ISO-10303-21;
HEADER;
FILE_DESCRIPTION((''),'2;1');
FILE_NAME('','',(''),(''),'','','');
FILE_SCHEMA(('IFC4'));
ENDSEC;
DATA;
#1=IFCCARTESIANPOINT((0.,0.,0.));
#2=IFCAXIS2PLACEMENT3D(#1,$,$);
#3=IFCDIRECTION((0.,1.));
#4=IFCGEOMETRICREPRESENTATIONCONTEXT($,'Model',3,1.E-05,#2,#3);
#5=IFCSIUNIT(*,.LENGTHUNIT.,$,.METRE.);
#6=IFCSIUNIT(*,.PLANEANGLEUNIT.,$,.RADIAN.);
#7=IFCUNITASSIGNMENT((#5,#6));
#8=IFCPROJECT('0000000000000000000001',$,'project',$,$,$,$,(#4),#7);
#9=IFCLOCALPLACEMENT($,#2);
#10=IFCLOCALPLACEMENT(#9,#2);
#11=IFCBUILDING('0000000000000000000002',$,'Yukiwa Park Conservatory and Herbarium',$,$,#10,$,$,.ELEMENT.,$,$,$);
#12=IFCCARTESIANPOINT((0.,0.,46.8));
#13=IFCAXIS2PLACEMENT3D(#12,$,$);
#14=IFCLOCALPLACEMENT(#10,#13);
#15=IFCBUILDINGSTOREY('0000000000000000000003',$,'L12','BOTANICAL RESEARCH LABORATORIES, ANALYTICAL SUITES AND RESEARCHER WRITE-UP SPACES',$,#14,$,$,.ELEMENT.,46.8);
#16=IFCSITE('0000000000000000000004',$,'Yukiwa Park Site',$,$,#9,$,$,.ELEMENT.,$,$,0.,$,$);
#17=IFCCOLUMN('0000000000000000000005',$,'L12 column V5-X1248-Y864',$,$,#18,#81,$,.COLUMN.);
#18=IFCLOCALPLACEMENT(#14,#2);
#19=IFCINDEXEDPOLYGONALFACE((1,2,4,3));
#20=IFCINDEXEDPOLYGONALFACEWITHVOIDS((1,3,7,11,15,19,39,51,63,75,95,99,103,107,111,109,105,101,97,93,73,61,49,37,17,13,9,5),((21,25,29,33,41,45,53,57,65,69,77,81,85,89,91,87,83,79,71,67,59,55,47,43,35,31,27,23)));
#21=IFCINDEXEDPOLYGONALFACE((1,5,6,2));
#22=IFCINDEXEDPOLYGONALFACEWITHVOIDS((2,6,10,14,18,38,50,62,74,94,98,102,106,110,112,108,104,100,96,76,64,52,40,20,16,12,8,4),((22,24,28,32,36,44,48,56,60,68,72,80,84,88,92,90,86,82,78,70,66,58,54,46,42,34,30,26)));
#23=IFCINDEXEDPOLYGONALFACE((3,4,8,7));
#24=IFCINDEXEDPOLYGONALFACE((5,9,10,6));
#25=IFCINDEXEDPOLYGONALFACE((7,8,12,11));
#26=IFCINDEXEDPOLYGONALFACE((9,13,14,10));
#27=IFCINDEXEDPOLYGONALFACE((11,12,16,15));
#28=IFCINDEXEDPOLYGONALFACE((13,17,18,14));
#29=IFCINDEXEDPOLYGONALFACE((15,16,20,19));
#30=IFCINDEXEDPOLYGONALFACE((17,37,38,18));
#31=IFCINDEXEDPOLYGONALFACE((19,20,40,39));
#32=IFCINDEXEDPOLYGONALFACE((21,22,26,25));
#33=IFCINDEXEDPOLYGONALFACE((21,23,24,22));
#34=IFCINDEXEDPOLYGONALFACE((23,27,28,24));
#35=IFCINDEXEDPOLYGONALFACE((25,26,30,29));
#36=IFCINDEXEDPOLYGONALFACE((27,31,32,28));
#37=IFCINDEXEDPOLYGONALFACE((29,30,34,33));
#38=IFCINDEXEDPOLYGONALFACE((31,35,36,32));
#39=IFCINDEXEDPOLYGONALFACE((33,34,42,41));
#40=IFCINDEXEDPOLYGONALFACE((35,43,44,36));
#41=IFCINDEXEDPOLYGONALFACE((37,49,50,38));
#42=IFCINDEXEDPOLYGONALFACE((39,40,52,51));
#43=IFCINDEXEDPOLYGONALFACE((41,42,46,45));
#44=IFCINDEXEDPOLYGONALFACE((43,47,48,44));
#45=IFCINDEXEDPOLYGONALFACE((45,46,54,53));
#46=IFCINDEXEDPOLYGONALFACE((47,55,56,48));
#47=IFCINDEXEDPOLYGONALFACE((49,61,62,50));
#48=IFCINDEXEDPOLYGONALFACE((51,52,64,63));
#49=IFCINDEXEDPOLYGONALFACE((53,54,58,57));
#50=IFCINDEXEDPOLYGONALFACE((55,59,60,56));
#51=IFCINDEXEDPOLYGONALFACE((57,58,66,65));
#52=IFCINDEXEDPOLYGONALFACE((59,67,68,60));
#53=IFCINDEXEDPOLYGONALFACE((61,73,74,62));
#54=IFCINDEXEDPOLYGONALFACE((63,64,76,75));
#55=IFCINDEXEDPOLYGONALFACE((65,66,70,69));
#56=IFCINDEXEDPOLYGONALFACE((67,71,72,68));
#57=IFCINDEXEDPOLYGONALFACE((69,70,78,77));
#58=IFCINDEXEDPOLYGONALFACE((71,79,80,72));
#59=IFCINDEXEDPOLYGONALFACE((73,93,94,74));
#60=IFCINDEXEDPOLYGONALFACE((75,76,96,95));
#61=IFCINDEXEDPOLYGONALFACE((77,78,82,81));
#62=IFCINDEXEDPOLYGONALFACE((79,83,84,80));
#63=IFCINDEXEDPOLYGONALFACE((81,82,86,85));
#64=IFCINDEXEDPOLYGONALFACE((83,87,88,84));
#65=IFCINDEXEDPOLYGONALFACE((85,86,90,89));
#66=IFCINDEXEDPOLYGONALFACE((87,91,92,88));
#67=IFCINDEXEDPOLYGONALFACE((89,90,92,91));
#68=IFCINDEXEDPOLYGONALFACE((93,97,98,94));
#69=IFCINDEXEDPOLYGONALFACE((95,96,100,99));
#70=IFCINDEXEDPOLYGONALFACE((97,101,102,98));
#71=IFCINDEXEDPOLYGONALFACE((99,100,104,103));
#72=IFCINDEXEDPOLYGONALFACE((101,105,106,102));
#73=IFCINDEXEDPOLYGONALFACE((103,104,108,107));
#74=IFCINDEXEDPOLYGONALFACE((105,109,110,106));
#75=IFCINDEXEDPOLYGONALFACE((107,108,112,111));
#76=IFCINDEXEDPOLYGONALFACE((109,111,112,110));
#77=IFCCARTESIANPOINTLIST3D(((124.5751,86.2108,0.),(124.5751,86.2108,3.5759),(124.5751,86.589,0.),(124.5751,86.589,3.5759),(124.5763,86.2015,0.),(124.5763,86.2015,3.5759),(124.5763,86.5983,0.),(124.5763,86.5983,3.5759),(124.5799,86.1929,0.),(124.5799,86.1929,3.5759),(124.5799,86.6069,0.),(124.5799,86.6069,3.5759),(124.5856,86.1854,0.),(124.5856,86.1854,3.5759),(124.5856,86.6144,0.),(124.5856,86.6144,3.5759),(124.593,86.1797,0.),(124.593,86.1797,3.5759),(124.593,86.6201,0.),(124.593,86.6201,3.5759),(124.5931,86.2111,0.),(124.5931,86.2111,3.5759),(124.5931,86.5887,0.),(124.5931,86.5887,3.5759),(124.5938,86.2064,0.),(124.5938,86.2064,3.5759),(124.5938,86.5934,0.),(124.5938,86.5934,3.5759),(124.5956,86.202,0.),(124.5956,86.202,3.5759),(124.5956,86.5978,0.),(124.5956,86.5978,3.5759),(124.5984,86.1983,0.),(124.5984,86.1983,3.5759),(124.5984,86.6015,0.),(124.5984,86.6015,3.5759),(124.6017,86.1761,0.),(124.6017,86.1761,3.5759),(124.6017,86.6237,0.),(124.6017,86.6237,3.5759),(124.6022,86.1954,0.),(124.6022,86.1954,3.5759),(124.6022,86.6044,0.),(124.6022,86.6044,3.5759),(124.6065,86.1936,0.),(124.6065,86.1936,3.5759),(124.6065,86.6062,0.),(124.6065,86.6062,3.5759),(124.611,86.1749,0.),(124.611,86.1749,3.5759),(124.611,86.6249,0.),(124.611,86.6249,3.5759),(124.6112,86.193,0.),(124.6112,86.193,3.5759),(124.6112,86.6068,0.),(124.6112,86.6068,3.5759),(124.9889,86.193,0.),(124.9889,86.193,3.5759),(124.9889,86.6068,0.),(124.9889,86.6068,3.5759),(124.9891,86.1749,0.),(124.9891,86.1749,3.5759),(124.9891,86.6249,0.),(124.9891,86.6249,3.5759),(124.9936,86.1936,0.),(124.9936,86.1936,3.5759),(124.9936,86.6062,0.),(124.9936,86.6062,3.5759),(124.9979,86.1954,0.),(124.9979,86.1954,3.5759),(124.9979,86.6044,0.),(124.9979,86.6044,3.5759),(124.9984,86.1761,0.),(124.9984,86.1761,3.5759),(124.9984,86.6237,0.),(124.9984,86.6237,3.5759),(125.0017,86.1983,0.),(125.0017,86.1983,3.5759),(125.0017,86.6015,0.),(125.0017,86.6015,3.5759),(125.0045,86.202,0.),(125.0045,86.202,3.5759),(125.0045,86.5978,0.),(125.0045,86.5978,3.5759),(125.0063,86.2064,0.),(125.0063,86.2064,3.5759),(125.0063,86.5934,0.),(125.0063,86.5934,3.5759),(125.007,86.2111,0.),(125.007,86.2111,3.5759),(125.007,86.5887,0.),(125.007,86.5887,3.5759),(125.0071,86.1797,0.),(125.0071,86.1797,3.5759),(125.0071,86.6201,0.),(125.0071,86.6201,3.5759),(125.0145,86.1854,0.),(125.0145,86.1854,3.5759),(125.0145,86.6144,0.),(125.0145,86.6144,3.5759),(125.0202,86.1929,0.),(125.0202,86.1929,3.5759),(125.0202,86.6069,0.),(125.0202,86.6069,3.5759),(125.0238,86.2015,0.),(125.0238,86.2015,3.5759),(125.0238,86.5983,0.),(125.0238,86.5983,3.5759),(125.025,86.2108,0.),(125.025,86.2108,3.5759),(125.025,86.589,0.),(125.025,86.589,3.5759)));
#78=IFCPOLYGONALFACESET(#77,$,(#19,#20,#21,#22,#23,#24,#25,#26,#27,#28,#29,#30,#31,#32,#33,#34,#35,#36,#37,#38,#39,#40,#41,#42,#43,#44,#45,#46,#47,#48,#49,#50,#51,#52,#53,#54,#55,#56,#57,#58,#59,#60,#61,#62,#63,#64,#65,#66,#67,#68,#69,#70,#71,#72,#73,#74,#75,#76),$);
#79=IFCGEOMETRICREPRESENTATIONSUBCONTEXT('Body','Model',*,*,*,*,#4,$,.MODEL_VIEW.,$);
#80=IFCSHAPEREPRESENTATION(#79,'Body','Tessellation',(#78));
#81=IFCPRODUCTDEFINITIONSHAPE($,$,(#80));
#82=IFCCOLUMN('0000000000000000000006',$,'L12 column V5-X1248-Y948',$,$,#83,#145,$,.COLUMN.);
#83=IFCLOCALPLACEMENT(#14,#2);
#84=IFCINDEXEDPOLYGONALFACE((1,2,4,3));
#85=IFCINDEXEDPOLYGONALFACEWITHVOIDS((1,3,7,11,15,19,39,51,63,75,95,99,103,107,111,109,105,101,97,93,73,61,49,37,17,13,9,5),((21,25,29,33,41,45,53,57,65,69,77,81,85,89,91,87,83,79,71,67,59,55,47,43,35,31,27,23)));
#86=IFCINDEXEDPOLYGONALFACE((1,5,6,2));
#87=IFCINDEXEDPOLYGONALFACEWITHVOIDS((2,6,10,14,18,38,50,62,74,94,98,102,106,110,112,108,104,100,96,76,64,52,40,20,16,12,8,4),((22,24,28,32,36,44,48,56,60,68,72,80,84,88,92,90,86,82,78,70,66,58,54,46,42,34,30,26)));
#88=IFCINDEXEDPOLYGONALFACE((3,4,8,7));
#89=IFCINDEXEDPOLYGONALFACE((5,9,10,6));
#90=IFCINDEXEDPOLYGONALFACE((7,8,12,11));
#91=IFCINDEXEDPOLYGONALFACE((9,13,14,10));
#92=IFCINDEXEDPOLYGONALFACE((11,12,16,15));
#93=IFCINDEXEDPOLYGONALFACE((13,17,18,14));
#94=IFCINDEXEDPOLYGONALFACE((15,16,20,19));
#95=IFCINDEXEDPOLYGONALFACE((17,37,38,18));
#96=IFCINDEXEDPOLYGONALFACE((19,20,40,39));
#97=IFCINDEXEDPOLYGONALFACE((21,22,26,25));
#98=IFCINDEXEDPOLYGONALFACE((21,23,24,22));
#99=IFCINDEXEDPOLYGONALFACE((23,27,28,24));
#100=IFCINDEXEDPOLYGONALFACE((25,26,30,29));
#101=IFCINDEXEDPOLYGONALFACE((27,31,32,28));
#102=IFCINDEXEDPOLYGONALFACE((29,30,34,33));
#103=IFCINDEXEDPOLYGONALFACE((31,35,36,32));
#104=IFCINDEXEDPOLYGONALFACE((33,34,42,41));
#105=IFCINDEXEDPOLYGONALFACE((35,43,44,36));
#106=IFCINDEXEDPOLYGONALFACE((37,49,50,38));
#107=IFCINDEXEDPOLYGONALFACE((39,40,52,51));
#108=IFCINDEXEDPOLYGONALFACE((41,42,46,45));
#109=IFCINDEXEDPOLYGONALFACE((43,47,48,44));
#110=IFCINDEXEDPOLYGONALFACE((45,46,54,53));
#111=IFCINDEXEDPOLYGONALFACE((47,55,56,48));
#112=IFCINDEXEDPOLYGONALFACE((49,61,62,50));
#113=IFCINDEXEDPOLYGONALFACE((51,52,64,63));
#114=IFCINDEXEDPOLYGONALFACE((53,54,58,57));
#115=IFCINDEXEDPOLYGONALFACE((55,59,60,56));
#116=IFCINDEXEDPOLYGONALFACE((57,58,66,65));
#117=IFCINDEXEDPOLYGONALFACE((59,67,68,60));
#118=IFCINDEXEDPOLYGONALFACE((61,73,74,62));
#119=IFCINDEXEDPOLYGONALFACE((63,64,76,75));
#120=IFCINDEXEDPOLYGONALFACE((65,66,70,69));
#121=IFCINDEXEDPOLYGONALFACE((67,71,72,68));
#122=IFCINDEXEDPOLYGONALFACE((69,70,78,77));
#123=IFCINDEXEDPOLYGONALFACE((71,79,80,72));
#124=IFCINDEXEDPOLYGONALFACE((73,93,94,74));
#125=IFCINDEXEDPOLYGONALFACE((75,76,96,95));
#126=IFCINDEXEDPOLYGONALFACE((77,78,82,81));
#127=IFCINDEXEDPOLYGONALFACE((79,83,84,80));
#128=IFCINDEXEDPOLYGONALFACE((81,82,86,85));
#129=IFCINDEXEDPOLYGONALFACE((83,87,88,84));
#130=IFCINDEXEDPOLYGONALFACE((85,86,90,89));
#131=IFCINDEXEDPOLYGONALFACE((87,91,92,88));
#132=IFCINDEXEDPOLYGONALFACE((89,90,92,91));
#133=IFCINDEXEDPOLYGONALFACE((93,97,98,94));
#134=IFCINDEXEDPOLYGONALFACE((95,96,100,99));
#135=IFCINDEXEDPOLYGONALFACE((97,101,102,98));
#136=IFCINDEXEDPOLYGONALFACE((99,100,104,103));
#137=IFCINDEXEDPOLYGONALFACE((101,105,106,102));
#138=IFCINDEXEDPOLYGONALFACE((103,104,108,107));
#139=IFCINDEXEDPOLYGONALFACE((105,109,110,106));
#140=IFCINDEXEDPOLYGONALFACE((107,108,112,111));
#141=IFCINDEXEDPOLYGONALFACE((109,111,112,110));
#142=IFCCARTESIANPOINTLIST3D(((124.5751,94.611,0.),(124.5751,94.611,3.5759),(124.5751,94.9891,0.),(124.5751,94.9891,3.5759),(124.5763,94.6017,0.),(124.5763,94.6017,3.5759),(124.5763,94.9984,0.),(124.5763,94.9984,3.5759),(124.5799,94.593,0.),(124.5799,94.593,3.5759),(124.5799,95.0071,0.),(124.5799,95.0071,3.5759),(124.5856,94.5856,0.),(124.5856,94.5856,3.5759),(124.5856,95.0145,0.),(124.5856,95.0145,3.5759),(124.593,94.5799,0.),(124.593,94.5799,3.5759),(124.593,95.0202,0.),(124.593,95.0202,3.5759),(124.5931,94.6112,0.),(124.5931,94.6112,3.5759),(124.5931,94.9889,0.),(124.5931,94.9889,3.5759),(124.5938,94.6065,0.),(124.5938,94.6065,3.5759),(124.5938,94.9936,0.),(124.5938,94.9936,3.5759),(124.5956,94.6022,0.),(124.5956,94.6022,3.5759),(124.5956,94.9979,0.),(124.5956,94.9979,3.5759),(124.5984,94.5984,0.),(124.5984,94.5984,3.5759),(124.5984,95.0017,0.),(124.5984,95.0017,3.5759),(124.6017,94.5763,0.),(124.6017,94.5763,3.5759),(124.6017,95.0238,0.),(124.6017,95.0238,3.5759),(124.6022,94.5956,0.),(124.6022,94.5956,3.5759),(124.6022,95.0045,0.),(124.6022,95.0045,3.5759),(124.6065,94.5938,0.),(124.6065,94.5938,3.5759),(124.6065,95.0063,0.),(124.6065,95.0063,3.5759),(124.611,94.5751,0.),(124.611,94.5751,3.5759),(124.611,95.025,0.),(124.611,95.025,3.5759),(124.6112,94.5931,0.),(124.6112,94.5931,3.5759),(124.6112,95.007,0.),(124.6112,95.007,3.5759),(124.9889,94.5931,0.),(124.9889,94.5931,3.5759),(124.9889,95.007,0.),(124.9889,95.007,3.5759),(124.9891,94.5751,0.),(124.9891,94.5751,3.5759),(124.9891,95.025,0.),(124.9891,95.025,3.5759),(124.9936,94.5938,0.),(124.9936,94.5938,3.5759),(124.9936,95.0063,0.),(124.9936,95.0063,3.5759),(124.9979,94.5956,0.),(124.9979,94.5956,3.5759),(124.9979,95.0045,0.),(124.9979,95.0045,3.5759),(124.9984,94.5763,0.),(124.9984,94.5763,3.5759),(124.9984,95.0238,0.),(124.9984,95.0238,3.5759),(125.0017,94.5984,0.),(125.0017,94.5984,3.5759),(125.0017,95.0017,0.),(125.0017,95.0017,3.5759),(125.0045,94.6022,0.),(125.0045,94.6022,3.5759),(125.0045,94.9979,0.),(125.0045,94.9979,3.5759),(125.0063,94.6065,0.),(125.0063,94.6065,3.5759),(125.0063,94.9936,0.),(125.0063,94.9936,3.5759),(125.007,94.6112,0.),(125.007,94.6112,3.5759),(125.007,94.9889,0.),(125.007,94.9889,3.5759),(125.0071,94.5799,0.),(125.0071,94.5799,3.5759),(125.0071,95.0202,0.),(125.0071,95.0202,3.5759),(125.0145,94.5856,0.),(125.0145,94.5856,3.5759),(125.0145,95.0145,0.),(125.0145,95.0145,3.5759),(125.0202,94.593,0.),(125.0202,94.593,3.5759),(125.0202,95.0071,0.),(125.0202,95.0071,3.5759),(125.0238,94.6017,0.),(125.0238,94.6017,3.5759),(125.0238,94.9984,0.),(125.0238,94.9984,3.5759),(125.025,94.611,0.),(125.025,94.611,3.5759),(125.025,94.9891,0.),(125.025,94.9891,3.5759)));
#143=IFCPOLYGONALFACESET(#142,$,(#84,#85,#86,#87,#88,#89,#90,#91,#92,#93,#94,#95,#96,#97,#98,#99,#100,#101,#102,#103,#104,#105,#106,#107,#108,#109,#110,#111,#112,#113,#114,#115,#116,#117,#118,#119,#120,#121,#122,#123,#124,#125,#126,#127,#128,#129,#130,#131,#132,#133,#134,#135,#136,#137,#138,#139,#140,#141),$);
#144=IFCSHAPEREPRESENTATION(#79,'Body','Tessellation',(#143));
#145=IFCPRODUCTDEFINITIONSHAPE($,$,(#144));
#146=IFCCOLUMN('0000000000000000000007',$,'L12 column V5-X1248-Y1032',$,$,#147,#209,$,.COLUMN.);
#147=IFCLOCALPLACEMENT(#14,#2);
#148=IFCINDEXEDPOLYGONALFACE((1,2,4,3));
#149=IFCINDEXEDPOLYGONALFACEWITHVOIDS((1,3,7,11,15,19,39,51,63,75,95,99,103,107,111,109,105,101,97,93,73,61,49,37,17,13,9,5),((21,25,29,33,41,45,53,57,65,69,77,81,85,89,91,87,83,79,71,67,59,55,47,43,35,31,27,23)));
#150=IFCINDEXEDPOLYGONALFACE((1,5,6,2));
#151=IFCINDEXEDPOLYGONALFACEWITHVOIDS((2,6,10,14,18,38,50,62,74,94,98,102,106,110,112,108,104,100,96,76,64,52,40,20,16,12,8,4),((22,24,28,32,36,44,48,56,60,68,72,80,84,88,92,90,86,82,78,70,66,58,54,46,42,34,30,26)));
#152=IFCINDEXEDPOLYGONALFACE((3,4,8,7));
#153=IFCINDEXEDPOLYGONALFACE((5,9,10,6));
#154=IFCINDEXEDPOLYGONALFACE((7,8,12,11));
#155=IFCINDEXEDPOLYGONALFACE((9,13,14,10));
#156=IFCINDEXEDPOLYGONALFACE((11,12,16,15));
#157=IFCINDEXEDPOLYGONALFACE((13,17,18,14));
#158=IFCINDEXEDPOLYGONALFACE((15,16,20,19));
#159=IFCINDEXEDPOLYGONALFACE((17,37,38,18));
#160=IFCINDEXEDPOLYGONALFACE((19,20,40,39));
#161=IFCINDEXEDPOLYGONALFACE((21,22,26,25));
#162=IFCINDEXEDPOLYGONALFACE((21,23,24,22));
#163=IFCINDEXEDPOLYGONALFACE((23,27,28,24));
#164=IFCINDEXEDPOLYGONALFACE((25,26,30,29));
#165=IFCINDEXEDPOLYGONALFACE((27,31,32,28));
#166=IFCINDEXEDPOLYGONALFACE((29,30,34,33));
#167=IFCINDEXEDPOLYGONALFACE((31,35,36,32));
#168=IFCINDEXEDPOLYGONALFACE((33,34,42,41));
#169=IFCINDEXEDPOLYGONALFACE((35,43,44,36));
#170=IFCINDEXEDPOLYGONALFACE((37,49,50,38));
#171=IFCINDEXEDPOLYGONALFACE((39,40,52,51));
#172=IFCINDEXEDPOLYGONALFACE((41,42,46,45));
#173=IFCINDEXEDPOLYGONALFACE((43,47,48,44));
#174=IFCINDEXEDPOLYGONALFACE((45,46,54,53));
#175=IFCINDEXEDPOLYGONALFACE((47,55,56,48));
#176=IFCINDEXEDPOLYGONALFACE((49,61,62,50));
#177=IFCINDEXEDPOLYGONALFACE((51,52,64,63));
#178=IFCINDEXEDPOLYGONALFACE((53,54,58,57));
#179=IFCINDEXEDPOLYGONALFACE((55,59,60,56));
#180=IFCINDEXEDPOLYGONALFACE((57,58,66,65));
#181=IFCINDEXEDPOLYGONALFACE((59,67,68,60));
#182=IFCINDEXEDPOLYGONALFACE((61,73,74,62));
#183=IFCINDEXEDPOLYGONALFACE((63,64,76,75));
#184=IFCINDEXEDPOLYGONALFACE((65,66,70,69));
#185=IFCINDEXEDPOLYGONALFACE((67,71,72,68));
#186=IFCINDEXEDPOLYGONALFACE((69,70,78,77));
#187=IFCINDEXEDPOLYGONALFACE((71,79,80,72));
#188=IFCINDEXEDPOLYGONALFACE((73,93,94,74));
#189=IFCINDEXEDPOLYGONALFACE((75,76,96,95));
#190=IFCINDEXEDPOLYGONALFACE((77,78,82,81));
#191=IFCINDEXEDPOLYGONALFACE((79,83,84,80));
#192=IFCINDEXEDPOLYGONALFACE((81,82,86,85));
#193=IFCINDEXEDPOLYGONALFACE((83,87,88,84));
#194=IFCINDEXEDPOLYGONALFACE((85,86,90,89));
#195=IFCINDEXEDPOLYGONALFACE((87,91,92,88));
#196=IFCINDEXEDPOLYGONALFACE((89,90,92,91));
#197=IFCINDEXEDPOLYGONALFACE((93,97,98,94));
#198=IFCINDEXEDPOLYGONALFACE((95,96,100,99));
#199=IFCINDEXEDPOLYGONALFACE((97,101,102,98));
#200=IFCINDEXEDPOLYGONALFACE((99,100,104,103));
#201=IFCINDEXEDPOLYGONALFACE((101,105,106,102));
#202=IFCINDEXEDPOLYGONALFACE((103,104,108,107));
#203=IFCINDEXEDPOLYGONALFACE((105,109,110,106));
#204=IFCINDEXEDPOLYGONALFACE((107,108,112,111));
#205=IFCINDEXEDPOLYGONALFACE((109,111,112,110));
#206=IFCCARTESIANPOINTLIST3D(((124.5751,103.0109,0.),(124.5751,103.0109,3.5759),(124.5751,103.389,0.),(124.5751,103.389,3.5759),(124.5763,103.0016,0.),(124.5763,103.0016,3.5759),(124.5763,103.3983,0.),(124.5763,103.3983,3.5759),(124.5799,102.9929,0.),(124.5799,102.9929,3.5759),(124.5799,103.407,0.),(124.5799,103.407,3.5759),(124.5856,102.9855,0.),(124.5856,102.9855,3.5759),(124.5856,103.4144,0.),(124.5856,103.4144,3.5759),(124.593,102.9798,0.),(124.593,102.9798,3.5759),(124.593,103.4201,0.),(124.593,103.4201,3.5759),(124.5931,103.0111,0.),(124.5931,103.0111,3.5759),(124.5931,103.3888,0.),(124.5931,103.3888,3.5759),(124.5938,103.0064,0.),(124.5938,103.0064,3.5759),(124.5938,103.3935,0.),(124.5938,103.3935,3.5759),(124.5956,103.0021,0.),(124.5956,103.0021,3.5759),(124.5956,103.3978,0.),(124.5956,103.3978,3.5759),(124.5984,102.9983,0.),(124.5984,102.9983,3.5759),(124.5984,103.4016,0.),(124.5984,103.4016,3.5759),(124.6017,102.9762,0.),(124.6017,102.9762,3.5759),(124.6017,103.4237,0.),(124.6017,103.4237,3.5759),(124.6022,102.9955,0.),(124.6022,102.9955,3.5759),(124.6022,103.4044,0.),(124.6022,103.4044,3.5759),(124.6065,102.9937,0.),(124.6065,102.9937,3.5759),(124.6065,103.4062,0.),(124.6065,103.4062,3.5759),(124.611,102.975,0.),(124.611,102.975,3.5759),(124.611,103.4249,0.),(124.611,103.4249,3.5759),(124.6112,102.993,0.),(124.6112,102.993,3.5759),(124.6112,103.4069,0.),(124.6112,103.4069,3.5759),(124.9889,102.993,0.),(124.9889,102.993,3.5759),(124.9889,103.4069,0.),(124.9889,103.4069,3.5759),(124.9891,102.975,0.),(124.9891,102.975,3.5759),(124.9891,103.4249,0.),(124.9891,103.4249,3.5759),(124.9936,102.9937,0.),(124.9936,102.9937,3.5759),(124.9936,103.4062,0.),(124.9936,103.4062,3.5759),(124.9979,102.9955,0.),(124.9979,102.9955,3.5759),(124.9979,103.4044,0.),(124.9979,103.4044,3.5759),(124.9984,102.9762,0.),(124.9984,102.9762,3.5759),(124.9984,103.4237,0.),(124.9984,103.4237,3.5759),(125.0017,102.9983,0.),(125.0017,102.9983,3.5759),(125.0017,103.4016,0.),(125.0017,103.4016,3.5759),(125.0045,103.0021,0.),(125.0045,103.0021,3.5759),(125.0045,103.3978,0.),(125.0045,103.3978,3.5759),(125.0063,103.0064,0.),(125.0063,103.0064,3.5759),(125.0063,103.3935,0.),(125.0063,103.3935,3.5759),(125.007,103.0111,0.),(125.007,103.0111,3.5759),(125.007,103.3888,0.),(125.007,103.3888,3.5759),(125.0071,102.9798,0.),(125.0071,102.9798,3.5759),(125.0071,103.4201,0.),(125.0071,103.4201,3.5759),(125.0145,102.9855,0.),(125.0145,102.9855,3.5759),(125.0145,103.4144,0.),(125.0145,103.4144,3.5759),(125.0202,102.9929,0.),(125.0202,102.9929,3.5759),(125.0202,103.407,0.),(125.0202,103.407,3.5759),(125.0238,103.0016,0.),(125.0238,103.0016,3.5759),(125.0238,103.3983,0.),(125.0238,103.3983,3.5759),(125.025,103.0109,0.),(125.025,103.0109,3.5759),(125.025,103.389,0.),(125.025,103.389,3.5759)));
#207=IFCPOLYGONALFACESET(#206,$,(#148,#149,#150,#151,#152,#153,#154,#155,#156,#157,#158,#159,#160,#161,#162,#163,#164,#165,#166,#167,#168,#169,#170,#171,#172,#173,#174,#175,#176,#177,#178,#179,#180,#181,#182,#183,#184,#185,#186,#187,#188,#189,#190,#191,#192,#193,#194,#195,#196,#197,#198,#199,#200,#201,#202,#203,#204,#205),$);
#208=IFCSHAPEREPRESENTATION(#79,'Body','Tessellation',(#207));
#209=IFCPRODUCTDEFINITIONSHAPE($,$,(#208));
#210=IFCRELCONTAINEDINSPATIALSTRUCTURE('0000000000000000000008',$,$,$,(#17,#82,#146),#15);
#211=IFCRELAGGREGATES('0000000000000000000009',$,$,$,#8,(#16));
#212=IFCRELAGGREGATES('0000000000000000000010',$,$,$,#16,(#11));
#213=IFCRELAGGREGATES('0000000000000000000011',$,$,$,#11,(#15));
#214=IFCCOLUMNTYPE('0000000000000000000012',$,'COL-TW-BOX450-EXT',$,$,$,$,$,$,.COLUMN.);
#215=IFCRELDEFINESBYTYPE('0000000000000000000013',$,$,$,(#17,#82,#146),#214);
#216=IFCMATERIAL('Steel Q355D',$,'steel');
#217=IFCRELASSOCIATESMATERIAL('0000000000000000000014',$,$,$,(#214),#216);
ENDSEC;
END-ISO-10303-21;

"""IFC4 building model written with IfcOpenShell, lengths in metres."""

from ifc_helpers import new_model, si_unit, direction, frame, origin, origin_2d, place, context, subcontext, project, spatial, hollow_rectangle, extrude, material, material_profile, profile_set, type_object, element, save


model = new_model("IFC4")

# Units and contexts
model_context = context("Model", 3, precision=1e-05, world=origin(), true_north=direction((0.0, 1.0)))
body_context = subcontext(model_context, "Body", "Model", "MODEL_VIEW")
ifc_project = project(units=[si_unit("LENGTHUNIT", "METRE"), si_unit("PLANEANGLEUNIT", "RADIAN")], contexts=[model_context])

# Site, building, storey
site_placement = place(None, origin())
site = spatial("IfcSite", under=ifc_project, at=site_placement, Name="Yukiwa Park Site", CompositionType="ELEMENT", RefElevation=0.0)
building_placement = place(site_placement, origin())
building = spatial("IfcBuilding", under=site, at=building_placement, Name="Yukiwa Park Conservatory and Herbarium", CompositionType="ELEMENT")
storey_placement = place(building_placement, frame((0.0, 0.0, 46.8)))
storey = spatial("IfcBuildingStorey", under=building, at=storey_placement, Name="L12", Description="BOTANICAL RESEARCH LABORATORIES, ANALYTICAL SUITES AND RESEARCHER WRITE-UP SPACES", CompositionType="ELEMENT", Elevation=46.8)

# Columns
ifc_material_1 = material(Name="Steel Q355D", Category="steel")
ifc_material_profile_1 = material_profile(ifc_material_1, hollow_rectangle(XDim=0.45, YDim=0.45, WallThickness=0.0181, InnerFilletRadius=0.0181, OuterFilletRadius=0.0359, at=origin_2d()), Name="BOX 450x450x18")
ifc_profile_set_1 = profile_set([ifc_material_profile_1], Name="Steel Q355D")
column_type = type_object("IfcColumnType", Name="COL-TW-BOX450-EXT", PredefinedType="COLUMN", material=ifc_profile_set_1)
for number, where, z_axis, x_axis, name in (
    (1, (124.8, 86.3999, 0.0), (0.0, 0.0, 1.0), (1.0, 0.0, 0.0), "L12 column V5-X1248-Y864"),
    (2, (124.8, 94.8, 0.0), (0.0, 0.0, 1.0), (1.0, 0.0, 0.0), "L12 column V5-X1248-Y948"),
    (3, (124.8, 103.2, 0.0), (0.0, 0.0, 1.0), (1.0, 0.0, 0.0), "L12 column V5-X1248-Y1032"),
):
    element("IfcColumn", number, at=place(storey_placement, frame(where, z_axis=z_axis, x_axis=x_axis)), inside=storey, type_object=column_type, Name=name, PredefinedType="COLUMN", context=body_context, shape_type="SweptSolid", body=[
        extrude(hollow_rectangle(XDim=0.45, YDim=0.45, WallThickness=0.0181, InnerFilletRadius=0.0181, OuterFilletRadius=0.0359, at=origin_2d()), origin(), (0.0, 0.0, 1.0), 3.5759),
    ])

save(model, "model.ifc")
